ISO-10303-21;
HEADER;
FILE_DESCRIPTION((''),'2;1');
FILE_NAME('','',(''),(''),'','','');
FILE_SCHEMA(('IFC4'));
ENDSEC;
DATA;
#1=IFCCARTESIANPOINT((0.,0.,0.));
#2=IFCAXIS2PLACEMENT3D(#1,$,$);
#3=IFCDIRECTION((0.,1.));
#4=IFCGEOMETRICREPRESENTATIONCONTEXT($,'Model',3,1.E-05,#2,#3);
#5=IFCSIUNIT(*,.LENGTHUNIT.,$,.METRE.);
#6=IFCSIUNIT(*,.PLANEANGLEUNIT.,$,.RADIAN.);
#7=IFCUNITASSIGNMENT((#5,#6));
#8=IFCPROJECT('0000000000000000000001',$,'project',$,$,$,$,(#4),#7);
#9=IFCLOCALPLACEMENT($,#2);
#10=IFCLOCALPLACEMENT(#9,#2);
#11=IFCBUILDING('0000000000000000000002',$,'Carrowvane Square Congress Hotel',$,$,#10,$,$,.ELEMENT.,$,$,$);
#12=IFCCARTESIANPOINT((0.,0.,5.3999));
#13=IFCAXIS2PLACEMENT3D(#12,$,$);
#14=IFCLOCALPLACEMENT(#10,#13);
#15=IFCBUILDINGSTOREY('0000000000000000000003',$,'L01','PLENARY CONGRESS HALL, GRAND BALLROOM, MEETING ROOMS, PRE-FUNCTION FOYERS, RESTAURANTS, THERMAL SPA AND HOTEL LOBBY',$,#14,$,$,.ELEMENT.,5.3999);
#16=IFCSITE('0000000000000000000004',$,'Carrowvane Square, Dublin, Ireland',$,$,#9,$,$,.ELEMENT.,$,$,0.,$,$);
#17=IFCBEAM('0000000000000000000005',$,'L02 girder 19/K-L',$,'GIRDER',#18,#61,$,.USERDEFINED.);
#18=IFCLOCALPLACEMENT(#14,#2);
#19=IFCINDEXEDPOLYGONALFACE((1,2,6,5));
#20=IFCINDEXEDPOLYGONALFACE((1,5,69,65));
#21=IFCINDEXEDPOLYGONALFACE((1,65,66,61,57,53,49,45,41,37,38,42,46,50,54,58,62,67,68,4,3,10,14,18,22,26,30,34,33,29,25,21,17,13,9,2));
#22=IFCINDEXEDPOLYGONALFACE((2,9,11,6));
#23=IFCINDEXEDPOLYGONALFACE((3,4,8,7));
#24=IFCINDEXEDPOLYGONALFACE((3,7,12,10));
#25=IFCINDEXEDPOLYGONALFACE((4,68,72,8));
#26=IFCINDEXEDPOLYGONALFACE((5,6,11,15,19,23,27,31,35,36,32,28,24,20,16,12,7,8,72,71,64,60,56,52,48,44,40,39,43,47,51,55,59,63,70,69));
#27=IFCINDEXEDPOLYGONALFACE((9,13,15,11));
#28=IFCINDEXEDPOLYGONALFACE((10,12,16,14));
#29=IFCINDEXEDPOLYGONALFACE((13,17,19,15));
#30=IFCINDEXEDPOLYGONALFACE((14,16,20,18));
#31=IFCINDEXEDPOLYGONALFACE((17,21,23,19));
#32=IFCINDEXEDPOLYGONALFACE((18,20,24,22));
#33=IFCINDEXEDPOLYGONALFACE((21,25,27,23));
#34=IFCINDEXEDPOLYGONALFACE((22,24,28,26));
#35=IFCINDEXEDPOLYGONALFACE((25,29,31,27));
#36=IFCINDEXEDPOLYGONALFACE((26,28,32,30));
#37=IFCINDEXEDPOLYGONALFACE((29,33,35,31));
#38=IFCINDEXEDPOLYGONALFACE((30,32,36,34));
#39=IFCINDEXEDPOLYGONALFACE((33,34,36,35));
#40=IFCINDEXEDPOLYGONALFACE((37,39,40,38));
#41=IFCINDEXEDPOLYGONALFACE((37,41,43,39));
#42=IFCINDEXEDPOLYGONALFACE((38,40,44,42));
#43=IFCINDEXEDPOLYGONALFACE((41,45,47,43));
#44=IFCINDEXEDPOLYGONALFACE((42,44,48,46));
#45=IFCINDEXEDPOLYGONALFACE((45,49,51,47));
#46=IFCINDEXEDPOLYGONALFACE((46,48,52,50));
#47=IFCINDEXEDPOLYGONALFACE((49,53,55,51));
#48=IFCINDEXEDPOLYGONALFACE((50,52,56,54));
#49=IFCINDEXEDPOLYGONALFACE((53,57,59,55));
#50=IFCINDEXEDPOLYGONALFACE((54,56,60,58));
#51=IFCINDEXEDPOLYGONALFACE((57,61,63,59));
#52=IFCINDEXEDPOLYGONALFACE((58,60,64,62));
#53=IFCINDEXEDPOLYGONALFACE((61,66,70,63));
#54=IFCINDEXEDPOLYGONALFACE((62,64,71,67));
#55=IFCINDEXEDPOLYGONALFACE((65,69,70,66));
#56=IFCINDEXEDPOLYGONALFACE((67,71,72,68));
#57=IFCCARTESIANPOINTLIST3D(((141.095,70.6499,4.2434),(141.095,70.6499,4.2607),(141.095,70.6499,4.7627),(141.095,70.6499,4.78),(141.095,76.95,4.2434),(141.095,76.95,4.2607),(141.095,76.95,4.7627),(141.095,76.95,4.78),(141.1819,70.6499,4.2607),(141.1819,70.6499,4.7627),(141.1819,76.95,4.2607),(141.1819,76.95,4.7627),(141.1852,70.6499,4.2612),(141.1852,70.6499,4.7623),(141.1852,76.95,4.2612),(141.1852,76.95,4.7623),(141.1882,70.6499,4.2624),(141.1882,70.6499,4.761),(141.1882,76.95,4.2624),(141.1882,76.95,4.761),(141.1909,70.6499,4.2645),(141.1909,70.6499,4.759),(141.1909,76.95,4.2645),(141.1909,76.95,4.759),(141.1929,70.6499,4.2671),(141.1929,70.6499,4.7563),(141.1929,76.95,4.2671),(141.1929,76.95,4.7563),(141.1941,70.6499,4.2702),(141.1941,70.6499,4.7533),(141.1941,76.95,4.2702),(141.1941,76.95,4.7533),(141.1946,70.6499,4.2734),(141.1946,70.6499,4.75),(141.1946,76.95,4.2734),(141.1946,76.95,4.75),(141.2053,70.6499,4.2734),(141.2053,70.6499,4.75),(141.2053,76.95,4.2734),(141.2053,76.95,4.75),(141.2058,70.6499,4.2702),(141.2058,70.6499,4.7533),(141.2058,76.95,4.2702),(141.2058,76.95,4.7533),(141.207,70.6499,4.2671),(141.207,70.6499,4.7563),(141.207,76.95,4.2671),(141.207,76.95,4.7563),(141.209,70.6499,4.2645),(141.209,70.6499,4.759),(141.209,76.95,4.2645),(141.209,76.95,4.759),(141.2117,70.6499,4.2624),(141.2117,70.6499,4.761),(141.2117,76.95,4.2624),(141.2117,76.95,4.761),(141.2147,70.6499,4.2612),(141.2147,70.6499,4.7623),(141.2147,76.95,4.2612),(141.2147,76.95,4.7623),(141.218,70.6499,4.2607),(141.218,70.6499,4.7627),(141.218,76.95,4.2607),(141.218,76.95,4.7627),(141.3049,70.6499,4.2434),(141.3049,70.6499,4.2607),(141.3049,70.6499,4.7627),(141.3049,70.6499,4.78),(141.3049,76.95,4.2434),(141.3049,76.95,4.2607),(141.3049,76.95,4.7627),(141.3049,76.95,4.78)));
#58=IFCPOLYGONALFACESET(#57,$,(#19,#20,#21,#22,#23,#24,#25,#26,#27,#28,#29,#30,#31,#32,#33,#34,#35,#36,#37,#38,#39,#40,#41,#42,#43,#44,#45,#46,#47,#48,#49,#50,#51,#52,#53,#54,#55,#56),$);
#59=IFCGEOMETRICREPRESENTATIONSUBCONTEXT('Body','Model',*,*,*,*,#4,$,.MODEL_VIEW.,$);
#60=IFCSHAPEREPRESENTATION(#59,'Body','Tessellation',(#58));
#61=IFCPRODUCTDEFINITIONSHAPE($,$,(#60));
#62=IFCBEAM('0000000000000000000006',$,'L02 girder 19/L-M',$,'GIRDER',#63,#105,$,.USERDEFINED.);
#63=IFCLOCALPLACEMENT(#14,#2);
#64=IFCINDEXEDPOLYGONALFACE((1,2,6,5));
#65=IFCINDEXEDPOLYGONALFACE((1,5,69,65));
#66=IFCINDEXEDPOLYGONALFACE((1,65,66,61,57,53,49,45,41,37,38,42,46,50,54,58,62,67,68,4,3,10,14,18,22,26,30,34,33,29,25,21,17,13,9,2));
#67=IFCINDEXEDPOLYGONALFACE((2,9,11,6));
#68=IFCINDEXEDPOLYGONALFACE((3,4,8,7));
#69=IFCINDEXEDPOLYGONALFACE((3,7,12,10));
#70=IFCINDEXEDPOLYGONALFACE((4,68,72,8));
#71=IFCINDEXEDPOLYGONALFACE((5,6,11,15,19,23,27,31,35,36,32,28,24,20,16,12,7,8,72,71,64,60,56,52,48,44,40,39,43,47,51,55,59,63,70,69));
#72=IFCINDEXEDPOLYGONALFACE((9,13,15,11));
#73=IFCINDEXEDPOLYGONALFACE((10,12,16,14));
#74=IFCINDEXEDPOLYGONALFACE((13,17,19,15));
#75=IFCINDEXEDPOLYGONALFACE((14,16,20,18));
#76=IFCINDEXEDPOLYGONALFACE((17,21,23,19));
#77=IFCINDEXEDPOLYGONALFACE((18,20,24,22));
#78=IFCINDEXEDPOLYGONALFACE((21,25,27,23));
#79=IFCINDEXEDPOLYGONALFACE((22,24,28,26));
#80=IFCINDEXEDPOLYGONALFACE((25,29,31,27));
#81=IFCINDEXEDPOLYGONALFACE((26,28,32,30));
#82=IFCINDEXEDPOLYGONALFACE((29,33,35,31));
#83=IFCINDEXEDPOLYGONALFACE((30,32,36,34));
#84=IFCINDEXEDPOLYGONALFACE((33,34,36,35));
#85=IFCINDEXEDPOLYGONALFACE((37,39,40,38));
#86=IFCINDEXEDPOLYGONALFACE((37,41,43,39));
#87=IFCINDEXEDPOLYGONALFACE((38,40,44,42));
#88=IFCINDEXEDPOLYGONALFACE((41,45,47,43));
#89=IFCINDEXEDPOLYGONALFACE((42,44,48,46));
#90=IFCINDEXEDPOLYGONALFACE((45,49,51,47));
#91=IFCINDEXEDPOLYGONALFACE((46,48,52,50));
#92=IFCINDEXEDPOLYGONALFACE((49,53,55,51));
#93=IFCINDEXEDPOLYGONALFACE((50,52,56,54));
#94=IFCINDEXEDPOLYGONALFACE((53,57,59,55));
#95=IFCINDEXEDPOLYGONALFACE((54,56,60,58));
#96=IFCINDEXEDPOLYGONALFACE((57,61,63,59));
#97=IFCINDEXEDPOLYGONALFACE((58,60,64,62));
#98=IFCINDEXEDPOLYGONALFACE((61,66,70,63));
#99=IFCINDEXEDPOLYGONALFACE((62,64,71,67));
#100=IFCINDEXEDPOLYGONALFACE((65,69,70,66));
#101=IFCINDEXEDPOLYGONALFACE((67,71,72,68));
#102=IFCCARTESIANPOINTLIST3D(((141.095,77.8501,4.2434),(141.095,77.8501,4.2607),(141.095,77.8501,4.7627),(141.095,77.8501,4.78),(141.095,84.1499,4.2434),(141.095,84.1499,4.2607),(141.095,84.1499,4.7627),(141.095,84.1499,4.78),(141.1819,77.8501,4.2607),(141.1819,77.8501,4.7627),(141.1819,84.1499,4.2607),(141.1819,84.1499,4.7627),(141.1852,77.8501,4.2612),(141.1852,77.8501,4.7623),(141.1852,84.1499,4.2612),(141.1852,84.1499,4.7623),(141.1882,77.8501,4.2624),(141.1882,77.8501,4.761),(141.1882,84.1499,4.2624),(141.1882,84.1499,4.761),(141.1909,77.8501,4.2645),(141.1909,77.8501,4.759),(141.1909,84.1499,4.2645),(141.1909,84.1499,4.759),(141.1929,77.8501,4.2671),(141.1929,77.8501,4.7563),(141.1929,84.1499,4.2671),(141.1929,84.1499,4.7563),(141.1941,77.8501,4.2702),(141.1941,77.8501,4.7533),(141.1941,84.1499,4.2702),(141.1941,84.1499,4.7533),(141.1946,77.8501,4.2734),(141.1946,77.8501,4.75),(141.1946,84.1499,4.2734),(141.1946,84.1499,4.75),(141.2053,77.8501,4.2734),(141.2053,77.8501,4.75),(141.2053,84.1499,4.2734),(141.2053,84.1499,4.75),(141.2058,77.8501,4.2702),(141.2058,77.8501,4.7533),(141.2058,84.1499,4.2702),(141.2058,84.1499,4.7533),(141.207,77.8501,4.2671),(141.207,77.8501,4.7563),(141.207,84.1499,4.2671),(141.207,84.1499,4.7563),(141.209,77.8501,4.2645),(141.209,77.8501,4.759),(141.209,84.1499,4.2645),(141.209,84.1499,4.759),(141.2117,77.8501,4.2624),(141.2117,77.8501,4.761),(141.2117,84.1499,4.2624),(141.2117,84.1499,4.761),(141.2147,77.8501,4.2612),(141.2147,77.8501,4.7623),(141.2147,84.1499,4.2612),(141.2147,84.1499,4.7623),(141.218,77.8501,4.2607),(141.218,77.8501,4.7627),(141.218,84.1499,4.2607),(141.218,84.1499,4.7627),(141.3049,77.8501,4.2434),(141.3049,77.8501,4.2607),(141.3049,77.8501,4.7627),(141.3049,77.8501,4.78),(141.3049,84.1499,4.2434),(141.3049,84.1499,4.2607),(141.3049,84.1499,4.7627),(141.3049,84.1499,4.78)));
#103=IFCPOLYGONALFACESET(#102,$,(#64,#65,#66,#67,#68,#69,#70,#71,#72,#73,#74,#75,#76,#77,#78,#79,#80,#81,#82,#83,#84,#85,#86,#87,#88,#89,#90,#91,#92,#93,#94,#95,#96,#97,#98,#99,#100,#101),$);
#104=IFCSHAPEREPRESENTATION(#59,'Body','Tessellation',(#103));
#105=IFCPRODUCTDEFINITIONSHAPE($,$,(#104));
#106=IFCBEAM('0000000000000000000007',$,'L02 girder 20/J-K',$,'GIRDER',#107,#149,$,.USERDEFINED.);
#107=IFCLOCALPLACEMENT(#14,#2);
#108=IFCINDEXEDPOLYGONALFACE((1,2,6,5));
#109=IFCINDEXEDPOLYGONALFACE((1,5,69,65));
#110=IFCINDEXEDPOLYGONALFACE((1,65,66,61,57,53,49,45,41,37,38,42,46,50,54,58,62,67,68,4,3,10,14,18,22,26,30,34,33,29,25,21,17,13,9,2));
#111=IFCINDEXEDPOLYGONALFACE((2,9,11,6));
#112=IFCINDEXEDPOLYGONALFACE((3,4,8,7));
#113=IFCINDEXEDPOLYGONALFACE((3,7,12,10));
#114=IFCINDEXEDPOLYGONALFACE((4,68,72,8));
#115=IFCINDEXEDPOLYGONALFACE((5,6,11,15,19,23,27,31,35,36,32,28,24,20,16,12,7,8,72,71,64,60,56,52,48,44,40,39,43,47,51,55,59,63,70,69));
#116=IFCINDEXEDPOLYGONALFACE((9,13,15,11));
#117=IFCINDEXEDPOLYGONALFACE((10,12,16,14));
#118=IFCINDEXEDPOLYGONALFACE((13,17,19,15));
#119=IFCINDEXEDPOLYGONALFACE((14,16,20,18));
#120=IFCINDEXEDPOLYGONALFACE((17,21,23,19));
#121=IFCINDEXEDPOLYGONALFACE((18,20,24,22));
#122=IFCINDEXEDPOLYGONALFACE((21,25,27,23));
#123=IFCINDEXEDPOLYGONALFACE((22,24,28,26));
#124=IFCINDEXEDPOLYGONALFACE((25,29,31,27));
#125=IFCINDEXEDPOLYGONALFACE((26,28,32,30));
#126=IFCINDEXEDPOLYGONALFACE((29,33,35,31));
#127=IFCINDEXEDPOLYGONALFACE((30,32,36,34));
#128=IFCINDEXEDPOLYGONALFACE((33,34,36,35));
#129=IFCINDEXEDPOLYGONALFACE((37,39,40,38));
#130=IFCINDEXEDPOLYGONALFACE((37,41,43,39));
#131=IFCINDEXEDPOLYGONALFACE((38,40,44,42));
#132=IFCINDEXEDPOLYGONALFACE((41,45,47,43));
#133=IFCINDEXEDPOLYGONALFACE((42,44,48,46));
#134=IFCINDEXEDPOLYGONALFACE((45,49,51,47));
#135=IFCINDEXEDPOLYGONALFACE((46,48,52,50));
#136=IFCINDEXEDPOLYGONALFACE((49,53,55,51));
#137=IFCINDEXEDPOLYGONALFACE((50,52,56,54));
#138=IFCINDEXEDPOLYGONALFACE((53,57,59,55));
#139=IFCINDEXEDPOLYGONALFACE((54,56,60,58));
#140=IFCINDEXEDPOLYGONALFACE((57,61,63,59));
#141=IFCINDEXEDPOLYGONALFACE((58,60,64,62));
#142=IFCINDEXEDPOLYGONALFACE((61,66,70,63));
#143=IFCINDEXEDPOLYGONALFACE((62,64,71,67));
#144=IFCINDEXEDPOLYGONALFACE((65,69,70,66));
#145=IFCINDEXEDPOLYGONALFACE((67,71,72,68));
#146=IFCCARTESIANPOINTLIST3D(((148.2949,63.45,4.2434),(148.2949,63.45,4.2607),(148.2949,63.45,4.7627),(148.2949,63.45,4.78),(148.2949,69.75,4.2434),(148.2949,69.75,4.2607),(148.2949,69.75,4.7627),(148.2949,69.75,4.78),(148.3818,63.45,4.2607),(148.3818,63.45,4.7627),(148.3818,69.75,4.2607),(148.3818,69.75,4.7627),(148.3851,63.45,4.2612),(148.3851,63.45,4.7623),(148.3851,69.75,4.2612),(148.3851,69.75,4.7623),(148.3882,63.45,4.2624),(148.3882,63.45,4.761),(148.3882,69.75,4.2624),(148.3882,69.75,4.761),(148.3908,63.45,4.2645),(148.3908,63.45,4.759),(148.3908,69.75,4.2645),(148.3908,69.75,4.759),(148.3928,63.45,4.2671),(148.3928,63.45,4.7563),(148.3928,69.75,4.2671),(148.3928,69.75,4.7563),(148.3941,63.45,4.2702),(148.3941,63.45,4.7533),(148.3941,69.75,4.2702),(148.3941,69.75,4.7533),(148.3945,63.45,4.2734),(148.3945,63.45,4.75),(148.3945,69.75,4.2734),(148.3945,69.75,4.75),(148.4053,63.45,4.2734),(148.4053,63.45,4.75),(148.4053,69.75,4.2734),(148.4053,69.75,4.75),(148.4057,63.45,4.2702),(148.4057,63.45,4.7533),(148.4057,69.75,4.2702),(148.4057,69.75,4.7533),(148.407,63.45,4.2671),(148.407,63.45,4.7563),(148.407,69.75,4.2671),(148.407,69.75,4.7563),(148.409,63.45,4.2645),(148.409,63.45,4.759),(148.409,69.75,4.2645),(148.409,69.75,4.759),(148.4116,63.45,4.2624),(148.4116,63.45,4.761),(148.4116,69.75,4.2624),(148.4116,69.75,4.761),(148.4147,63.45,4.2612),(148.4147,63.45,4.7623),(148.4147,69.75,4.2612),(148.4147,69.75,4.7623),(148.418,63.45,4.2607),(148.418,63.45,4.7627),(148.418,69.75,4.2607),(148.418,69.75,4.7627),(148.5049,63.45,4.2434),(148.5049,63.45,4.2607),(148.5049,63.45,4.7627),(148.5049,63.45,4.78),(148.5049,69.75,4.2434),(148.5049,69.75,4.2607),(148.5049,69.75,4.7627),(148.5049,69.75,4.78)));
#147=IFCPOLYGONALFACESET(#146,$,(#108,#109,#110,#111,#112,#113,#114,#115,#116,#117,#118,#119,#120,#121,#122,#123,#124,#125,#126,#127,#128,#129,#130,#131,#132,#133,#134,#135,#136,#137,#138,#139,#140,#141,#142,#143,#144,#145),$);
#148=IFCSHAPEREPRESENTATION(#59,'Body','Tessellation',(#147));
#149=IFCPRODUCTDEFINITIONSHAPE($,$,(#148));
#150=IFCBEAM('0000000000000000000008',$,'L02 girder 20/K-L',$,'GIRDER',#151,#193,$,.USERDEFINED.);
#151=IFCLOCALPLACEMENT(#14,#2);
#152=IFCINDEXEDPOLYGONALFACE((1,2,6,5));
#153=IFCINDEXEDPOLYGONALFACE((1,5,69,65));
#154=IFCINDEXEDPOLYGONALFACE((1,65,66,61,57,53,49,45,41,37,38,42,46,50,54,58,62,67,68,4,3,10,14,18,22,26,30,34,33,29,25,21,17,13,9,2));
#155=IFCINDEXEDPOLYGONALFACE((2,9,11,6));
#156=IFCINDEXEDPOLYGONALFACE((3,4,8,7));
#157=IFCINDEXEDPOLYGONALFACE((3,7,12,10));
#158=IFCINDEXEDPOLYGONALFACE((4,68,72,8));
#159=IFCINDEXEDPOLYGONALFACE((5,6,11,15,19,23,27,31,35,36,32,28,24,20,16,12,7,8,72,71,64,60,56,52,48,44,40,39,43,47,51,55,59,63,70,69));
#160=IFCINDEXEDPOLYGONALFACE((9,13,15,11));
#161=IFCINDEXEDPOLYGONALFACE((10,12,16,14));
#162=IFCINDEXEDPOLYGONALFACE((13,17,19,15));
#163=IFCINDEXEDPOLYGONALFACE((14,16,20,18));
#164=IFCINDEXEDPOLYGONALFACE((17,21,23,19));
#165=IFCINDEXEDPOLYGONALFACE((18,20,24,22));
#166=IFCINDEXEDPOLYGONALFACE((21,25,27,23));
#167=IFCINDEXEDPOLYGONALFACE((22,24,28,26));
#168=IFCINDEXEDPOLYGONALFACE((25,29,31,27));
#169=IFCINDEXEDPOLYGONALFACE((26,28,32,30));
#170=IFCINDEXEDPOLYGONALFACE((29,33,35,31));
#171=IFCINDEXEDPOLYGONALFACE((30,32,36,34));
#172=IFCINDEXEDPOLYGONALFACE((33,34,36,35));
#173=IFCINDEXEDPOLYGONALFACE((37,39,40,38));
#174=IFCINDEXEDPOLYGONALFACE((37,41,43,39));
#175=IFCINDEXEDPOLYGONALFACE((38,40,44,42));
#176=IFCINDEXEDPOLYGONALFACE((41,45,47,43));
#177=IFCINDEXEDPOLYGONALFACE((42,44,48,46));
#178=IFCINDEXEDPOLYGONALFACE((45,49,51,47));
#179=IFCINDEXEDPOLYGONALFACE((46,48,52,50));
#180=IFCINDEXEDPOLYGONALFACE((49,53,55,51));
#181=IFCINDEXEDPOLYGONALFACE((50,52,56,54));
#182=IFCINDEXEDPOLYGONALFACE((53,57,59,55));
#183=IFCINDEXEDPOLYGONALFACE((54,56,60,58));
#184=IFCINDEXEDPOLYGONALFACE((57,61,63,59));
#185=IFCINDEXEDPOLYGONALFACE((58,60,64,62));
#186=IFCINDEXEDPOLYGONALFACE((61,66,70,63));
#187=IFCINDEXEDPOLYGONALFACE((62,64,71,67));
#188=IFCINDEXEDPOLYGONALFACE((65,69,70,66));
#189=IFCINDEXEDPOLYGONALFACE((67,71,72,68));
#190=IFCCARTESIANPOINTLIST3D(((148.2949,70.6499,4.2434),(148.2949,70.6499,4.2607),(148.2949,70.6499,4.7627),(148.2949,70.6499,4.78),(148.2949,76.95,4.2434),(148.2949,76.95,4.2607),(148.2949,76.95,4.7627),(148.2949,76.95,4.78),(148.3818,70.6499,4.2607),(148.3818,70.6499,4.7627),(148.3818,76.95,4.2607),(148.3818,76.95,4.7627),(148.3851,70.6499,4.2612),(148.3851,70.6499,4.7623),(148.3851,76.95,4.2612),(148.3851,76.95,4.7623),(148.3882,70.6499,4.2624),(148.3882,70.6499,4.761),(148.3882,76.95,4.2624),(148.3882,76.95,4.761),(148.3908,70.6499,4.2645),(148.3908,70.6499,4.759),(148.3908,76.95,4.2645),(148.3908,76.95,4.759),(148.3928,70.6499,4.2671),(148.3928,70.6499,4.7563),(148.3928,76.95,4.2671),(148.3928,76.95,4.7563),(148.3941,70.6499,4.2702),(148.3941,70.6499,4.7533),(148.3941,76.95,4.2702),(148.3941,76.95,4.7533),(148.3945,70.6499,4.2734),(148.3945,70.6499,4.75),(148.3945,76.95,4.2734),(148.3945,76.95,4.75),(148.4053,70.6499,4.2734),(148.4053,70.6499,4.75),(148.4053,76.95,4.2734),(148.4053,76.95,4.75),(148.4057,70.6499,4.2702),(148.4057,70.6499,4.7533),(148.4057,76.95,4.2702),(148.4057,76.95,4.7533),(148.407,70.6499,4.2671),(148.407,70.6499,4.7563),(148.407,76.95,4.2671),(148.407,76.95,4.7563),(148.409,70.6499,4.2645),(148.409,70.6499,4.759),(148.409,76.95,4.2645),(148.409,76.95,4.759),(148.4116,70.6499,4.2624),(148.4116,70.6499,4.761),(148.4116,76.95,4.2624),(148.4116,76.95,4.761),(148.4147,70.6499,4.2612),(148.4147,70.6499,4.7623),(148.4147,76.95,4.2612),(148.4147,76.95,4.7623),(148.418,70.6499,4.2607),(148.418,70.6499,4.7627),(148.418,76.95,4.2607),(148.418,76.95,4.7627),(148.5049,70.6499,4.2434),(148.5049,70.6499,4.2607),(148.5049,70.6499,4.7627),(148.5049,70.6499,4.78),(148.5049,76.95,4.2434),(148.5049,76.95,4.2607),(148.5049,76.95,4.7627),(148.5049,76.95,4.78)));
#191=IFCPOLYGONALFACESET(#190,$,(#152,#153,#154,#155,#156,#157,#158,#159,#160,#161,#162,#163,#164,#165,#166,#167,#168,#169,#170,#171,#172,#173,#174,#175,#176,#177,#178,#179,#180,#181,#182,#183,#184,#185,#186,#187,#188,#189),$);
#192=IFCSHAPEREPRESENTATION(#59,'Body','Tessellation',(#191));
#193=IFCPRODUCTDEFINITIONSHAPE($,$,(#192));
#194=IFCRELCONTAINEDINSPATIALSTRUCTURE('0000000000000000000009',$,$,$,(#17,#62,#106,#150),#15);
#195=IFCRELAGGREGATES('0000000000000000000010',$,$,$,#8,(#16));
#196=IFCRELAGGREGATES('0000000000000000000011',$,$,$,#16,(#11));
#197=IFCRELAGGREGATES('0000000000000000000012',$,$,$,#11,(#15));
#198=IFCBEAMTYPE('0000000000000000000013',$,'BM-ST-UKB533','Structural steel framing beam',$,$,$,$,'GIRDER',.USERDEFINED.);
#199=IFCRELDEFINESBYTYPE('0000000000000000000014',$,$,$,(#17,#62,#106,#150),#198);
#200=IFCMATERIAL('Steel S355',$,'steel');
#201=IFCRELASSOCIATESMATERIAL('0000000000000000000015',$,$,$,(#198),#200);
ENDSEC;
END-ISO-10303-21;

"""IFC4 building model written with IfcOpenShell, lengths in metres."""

from ifc_helpers import new_model, si_unit, direction, frame, origin, origin_2d, place, context, subcontext, project, spatial, i_section, extrude, material, material_profile, profile_set, type_object, element, save


model = new_model("IFC4")

# Units and contexts
model_context = context("Model", 3, precision=1e-05, world=origin(), true_north=direction((0.0, 1.0)))
body_context = subcontext(model_context, "Body", "Model", "MODEL_VIEW")
ifc_project = project(units=[si_unit("LENGTHUNIT", "METRE"), si_unit("PLANEANGLEUNIT", "RADIAN")], contexts=[model_context])

# Site, building, storey
site_placement = place(None, origin())
site = spatial("IfcSite", under=ifc_project, at=site_placement, Name="Carrowvane Square, Dublin, Ireland", CompositionType="ELEMENT", RefElevation=0.0)
building_placement = place(site_placement, origin())
building = spatial("IfcBuilding", under=site, at=building_placement, Name="Carrowvane Square Congress Hotel", CompositionType="ELEMENT")
storey_placement = place(building_placement, frame((0.0, 0.0, 5.3999)))
storey = spatial("IfcBuildingStorey", under=building, at=storey_placement, Name="L01", Description="PLENARY CONGRESS HALL, GRAND BALLROOM, MEETING ROOMS, PRE-FUNCTION FOYERS, RESTAURANTS, THERMAL SPA AND HOTEL LOBBY", CompositionType="ELEMENT", Elevation=5.3999)

# Beams
ifc_material_1 = material(Name="Steel S355", Category="steel")
ifc_material_profile_1 = material_profile(ifc_material_1, i_section(OverallWidth=0.21, OverallDepth=0.5366, WebThickness=0.0107, FlangeThickness=0.0173, FilletRadius=0.0127, at=origin_2d()), Name="UKB 533x210x101")
ifc_profile_set_1 = profile_set([ifc_material_profile_1], Name="Steel S355")
beam_type_1 = type_object("IfcBeamType", Name="BM-ST-UKB533", Description="Structural steel framing beam", ElementType="GIRDER", PredefinedType="USERDEFINED", material=ifc_profile_set_1)
beam_1_placement = place(storey_placement, frame((141.2, 70.6499, 4.5117), z_axis=(0.0, 1.0, 0.0), x_axis=(-1.0, 0.0, 0.0)))
element("IfcBeam", 1, at=beam_1_placement, inside=storey, type_object=beam_type_1, Name="L02 girder 19/K-L", ObjectType="GIRDER", PredefinedType="USERDEFINED", context=body_context, shape_type="SweptSolid", body=[
    extrude(i_section(OverallWidth=0.21, OverallDepth=0.5366, WebThickness=0.0107, FlangeThickness=0.0173, FilletRadius=0.0127, at=origin_2d()), origin(), (0.0, 0.0, 1.0), 6.3),
])
beam_2_placement = place(storey_placement, frame((141.2, 77.8501, 4.5117), z_axis=(0.0, 1.0, 0.0), x_axis=(-1.0, 0.0, 0.0)))
element("IfcBeam", 2, at=beam_2_placement, inside=storey, type_object=beam_type_1, Name="L02 girder 19/L-M", ObjectType="GIRDER", PredefinedType="USERDEFINED", context=body_context, shape_type="SweptSolid", body=[
    extrude(i_section(OverallWidth=0.21, OverallDepth=0.5366, WebThickness=0.0107, FlangeThickness=0.0173, FilletRadius=0.0127, at=origin_2d()), origin(), (0.0, 0.0, 1.0), 6.2998),
])
for number, where, z_axis, x_axis, name in (
    (3, (148.3999, 63.45, 4.5117), (0.0, 1.0, 0.0), (-1.0, 0.0, 0.0), "L02 girder 20/J-K"),
    (4, (148.3999, 70.6499, 4.5117), (0.0, 1.0, 0.0), (-1.0, 0.0, 0.0), "L02 girder 20/K-L"),
):
    element("IfcBeam", number, at=place(storey_placement, frame(where, z_axis=z_axis, x_axis=x_axis)), inside=storey, type_object=beam_type_1, Name=name, ObjectType="GIRDER", PredefinedType="USERDEFINED", context=body_context, shape_type="SweptSolid", body=[
        extrude(i_section(OverallWidth=0.21, OverallDepth=0.5366, WebThickness=0.0107, FlangeThickness=0.0173, FilletRadius=0.0127, at=origin_2d()), origin(), (0.0, 0.0, 1.0), 6.3),
    ])

save(model, "model.ifc")
